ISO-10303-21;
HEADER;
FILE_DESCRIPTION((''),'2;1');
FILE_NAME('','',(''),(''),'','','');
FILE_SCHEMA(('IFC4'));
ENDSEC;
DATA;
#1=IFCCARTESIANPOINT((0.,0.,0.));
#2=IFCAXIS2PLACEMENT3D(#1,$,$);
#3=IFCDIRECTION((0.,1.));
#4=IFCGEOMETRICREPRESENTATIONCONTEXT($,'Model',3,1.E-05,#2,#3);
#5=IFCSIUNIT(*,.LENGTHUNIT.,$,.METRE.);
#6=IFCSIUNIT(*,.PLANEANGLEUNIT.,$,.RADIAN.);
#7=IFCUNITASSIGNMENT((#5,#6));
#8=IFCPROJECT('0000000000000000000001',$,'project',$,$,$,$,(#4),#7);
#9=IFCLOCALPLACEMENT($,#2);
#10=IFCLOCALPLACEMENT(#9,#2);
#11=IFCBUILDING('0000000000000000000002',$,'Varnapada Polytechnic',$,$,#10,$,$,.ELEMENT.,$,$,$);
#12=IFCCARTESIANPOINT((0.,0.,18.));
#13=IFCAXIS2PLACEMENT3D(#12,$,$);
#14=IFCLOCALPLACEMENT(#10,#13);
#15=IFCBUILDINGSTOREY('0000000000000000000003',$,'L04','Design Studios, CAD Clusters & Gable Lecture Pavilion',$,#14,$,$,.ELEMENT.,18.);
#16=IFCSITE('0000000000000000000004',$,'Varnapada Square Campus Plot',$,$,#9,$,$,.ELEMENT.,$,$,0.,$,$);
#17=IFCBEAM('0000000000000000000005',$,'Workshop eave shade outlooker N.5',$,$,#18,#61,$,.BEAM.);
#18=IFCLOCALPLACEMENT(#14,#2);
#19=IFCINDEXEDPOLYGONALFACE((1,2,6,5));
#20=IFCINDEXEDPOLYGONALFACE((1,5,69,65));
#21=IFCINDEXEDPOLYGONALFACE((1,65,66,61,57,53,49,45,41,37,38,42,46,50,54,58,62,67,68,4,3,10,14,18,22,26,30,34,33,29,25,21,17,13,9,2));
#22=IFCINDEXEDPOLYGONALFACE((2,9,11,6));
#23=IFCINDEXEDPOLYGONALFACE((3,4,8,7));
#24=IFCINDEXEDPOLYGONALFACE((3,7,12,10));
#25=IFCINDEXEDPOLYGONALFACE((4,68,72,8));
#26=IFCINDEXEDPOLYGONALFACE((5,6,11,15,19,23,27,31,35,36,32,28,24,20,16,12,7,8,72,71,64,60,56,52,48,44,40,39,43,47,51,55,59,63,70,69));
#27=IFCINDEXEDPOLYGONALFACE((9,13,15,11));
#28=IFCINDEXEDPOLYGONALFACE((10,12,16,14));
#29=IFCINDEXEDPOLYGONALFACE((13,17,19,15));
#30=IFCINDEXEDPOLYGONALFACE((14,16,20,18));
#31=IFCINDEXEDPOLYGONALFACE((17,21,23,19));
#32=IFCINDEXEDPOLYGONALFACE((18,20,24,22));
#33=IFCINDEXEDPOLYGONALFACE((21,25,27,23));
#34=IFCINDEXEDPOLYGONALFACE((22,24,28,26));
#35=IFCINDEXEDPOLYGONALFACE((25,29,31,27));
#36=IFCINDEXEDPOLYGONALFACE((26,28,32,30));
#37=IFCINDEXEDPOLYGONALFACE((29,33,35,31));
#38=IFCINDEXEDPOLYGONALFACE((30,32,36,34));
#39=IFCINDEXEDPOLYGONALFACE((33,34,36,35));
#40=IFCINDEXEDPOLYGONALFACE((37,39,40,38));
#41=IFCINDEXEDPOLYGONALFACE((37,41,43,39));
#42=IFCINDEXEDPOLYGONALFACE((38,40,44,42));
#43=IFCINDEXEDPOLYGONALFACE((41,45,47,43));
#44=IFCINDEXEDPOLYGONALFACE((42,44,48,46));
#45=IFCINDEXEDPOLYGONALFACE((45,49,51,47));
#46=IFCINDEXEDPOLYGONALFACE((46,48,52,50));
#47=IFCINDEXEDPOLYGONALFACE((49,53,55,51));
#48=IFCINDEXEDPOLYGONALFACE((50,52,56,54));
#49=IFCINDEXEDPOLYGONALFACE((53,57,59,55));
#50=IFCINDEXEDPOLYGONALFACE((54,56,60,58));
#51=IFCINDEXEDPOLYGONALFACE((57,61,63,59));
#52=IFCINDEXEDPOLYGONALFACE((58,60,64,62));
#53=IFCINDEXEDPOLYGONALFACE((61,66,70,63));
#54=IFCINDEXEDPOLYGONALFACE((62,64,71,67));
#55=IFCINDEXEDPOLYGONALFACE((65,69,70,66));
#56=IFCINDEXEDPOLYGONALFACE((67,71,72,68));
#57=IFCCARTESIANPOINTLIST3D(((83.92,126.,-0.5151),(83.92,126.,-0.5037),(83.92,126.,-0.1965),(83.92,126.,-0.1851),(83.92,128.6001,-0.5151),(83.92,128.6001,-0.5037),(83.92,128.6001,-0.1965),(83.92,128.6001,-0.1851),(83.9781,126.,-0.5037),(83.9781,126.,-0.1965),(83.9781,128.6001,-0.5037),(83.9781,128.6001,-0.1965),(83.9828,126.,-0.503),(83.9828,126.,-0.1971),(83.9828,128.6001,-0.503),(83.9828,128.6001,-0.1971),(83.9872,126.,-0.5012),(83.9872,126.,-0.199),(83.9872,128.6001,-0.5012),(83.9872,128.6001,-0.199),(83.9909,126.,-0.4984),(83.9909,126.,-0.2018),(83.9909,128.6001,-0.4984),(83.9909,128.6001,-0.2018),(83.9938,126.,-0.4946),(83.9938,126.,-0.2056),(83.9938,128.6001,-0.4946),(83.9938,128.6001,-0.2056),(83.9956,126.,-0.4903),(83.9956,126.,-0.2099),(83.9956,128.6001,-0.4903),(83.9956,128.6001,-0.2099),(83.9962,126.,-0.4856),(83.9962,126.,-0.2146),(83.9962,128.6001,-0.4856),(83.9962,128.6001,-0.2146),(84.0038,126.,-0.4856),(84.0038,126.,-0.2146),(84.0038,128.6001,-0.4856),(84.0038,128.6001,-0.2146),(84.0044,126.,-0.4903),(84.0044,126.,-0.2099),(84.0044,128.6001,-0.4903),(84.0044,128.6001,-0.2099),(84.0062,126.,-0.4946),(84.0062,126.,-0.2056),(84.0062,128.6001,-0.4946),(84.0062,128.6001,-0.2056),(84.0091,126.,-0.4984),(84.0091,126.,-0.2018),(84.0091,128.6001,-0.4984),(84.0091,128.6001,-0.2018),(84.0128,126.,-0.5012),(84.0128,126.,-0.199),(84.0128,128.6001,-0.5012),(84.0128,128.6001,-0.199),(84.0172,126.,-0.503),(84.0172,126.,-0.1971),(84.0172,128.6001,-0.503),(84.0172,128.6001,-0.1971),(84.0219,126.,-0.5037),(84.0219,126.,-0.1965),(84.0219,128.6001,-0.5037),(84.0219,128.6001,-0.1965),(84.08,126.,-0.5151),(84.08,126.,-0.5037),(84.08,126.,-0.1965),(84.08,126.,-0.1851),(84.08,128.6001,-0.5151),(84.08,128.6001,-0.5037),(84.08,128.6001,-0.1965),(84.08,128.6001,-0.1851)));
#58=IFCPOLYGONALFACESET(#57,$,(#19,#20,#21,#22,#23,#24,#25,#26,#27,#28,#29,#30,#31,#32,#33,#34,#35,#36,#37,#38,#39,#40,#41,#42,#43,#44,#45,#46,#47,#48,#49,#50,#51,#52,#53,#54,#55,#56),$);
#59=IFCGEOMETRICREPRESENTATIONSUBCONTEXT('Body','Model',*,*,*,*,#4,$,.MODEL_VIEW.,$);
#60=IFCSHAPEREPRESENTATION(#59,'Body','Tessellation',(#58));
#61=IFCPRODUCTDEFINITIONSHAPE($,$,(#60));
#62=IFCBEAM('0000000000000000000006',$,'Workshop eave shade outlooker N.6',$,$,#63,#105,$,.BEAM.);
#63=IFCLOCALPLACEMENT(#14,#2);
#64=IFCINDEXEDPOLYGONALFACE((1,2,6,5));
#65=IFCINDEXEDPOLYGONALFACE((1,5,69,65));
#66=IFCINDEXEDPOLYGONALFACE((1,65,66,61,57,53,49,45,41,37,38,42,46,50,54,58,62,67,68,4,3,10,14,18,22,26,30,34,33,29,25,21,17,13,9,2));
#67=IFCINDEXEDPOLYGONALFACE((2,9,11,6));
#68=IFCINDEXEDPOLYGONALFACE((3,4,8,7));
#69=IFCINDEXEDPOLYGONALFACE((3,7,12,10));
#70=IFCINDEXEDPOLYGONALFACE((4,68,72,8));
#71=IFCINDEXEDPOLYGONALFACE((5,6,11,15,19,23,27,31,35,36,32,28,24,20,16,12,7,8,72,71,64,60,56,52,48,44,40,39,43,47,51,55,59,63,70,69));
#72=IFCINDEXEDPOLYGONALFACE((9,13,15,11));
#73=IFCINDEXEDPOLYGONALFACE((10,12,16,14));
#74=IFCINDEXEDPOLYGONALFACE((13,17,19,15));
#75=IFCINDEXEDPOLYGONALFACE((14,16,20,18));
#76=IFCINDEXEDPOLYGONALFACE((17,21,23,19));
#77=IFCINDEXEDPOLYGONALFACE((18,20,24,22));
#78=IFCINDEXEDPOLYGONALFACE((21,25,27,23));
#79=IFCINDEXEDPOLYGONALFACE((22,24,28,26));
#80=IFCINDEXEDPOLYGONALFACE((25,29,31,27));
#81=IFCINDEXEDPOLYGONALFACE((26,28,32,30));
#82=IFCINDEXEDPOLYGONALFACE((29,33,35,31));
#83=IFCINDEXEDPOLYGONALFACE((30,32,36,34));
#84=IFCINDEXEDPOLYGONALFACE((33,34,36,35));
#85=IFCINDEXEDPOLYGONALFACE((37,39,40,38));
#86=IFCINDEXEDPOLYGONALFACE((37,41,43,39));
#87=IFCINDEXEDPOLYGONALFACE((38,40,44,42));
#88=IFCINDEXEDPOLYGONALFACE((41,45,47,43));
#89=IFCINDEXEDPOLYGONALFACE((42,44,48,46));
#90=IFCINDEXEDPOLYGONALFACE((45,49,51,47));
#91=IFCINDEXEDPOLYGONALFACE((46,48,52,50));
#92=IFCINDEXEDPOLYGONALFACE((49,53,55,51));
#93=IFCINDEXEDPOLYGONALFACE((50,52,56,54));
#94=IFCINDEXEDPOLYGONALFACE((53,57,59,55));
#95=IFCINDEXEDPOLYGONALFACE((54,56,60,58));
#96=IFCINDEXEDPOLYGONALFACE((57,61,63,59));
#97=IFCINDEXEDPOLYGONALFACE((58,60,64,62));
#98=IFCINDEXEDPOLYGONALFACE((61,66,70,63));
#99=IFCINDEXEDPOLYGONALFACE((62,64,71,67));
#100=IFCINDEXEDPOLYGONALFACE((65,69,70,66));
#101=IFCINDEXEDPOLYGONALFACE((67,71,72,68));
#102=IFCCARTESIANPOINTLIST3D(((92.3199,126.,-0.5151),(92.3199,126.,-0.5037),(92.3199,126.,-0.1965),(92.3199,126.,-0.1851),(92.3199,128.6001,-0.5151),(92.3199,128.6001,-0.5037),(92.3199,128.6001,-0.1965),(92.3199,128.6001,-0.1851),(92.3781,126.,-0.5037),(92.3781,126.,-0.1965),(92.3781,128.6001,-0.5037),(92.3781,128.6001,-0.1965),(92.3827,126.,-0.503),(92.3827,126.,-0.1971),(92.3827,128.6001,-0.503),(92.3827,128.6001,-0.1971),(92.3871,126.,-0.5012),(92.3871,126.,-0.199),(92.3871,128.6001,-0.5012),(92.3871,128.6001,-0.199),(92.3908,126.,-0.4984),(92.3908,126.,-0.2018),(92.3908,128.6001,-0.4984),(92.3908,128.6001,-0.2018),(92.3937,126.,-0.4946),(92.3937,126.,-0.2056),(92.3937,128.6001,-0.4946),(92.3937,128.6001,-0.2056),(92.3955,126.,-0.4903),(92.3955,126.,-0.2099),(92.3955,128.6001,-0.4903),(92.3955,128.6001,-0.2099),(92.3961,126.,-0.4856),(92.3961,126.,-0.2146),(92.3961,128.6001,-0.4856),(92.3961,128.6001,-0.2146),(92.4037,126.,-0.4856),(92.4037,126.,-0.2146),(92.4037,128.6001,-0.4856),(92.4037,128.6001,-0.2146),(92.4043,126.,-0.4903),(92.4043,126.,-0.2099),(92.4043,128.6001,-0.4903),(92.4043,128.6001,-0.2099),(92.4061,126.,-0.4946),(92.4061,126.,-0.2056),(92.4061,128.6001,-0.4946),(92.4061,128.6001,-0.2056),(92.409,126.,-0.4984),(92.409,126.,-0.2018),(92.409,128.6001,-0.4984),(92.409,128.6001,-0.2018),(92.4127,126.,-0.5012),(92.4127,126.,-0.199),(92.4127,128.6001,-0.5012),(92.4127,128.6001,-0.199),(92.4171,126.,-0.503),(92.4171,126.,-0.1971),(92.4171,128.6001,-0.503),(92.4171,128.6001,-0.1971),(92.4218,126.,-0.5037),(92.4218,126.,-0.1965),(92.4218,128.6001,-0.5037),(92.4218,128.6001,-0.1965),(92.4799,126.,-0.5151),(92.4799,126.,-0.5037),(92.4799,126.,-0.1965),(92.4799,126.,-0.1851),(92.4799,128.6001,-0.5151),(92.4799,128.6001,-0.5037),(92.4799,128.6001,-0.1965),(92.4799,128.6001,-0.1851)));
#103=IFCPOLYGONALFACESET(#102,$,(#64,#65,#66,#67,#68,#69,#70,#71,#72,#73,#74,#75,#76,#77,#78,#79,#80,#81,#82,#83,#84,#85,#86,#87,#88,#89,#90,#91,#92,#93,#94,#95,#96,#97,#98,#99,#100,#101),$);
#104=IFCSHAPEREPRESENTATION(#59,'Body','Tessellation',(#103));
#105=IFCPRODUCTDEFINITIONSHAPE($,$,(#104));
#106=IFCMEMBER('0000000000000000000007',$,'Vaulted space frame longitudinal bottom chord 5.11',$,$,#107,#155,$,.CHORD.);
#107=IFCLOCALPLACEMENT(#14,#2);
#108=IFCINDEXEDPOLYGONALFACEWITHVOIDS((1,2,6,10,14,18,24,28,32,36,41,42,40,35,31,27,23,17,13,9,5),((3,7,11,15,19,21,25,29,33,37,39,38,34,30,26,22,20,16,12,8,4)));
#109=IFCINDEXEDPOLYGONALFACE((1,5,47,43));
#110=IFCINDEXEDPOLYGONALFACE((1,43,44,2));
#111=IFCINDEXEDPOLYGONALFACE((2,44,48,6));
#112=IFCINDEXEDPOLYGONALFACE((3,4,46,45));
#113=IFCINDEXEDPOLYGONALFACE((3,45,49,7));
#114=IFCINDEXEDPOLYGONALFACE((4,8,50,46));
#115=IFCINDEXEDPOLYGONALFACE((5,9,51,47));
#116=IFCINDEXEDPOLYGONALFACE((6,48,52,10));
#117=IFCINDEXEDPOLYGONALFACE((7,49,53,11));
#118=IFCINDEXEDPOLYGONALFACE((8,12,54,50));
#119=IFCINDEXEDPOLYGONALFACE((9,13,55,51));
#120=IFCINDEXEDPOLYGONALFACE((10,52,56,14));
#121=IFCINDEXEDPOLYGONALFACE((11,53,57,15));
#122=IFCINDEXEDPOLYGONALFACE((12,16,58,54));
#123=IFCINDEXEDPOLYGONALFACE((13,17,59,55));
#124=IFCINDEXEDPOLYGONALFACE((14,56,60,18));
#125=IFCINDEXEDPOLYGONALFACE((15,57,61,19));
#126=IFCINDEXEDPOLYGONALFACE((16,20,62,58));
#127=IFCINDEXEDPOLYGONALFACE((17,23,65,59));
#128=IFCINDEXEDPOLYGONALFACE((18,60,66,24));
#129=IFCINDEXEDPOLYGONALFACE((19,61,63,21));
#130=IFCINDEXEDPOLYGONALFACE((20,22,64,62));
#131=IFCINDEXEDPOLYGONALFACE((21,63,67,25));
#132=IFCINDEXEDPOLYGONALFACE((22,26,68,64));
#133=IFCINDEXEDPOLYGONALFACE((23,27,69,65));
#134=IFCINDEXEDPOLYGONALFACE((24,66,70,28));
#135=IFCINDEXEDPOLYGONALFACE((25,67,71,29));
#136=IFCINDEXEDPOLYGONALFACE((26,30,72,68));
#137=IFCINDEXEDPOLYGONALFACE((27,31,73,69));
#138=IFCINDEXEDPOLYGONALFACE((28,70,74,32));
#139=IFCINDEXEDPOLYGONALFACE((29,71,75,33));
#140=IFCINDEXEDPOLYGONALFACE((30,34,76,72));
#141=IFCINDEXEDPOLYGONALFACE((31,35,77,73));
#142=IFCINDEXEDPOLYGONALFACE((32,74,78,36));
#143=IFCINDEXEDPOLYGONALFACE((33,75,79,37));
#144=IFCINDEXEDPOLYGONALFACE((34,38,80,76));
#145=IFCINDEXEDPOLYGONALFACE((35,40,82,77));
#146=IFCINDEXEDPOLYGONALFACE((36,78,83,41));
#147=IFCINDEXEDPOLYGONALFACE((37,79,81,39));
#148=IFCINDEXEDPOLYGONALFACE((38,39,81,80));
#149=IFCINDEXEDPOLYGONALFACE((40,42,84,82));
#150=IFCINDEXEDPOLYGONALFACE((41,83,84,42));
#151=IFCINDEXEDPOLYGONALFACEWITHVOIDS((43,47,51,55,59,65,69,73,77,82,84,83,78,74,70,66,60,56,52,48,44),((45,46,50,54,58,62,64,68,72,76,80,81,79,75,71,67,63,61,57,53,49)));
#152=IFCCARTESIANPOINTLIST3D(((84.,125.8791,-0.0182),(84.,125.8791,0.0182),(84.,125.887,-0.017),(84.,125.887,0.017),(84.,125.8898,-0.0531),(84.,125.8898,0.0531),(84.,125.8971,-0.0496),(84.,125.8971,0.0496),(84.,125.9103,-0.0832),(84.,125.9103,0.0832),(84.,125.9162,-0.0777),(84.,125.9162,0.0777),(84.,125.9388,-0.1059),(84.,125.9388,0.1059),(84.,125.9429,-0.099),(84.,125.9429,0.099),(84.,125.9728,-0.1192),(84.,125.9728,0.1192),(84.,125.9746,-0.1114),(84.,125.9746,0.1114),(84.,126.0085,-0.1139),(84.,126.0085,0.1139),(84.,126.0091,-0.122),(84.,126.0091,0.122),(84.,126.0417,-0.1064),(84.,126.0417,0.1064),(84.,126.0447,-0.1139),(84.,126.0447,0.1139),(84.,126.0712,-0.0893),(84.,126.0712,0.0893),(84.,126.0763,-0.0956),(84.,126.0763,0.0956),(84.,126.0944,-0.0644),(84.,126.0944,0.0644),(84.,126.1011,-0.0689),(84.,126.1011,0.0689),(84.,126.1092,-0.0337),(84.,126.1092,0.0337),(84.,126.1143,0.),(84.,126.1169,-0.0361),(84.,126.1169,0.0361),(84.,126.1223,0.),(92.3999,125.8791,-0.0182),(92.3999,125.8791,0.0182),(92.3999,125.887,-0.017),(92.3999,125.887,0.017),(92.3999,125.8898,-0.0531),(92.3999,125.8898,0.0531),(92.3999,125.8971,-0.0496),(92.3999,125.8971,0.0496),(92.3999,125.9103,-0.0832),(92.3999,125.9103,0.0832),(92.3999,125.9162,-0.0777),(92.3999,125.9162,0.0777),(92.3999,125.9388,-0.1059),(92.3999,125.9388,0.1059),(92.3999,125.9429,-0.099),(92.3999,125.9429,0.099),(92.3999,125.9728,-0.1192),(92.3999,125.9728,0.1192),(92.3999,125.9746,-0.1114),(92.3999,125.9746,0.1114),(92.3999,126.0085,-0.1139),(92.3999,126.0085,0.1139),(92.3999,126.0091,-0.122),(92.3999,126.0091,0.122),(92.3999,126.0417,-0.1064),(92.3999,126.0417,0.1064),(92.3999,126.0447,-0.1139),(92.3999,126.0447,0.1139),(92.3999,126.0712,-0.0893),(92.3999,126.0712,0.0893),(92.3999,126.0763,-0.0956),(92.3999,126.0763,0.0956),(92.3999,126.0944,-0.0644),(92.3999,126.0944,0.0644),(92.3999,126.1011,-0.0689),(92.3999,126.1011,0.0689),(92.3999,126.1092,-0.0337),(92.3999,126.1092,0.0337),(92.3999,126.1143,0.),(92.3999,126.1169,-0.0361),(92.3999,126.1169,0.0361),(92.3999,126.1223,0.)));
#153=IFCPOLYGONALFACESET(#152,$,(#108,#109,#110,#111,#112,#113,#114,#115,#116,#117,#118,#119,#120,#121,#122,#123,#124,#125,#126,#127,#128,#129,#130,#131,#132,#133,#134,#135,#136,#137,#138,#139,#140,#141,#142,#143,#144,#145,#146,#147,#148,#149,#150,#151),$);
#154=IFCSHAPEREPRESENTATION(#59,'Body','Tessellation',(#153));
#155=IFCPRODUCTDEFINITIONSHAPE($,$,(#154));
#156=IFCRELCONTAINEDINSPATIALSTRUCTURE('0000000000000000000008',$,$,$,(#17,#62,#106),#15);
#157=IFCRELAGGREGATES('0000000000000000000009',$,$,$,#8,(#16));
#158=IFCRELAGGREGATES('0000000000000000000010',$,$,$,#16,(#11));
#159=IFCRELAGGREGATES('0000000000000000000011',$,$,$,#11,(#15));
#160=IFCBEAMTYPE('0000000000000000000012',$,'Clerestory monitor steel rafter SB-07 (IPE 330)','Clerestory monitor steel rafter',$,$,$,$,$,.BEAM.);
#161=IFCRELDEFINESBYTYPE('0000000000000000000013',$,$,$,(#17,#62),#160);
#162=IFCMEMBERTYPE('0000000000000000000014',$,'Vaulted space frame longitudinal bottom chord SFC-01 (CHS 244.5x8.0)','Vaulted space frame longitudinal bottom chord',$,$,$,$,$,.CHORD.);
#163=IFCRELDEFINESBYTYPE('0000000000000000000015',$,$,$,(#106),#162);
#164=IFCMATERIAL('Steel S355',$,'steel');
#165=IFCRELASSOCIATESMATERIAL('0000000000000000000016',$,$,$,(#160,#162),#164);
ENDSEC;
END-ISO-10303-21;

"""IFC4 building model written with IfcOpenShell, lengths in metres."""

from ifc_helpers import new_model, si_unit, direction, frame, origin, origin_2d, place, context, subcontext, project, spatial, hollow_circle, i_section, extrude, material, material_profile, profile_set, type_object, element, save


model = new_model("IFC4")

# Units and contexts
model_context = context("Model", 3, precision=1e-05, world=origin(), true_north=direction((0.0, 1.0)))
body_context = subcontext(model_context, "Body", "Model", "MODEL_VIEW")
ifc_project = project(units=[si_unit("LENGTHUNIT", "METRE"), si_unit("PLANEANGLEUNIT", "RADIAN")], contexts=[model_context])

# Site, building, storey
site_placement = place(None, origin())
site = spatial("IfcSite", under=ifc_project, at=site_placement, Name="Varnapada Square Campus Plot", CompositionType="ELEMENT", RefElevation=0.0)
building_placement = place(site_placement, origin())
building = spatial("IfcBuilding", under=site, at=building_placement, Name="Varnapada Polytechnic", CompositionType="ELEMENT")
storey_placement = place(building_placement, frame((0.0, 0.0, 18.0)))
storey = spatial("IfcBuildingStorey", under=building, at=storey_placement, Name="L04", Description="Design Studios, CAD Clusters & Gable Lecture Pavilion", CompositionType="ELEMENT", Elevation=18.0)

# Beams
ifc_material = material(Name="Steel S355", Category="steel")
ifc_material_profile_1 = material_profile(ifc_material, i_section(OverallWidth=0.1599, OverallDepth=0.3301, WebThickness=0.0076, FlangeThickness=0.0115, FilletRadius=0.0181, at=origin_2d()), Name="IPE 330")
ifc_profile_set_1 = profile_set([ifc_material_profile_1], Name="Steel S355")
beam_type_1 = type_object("IfcBeamType", Name="Clerestory monitor steel rafter SB-07 (IPE 330)", Description="Clerestory monitor steel rafter", PredefinedType="BEAM", material=ifc_profile_set_1)
for number, where, z_axis, x_axis, name in (
    (1, (84.0, 126.0, -0.3501), (0.0, 1.0, 0.0), (-1.0, 0.0, 0.0), "Workshop eave shade outlooker N.5"),
    (2, (92.3999, 126.0, -0.3501), (0.0, 1.0, 0.0), (-1.0, 0.0, 0.0), "Workshop eave shade outlooker N.6"),
):
    element("IfcBeam", number, at=place(storey_placement, frame(where, z_axis=z_axis, x_axis=x_axis)), inside=storey, type_object=beam_type_1, Name=name, PredefinedType="BEAM", context=body_context, shape_type="SweptSolid", body=[
        extrude(i_section(OverallWidth=0.1599, OverallDepth=0.3301, WebThickness=0.0076, FlangeThickness=0.0115, FilletRadius=0.0181, at=origin_2d()), origin(), (0.0, 0.0, 1.0), 2.6001),
    ])

# Member
ifc_material_profile_2 = material_profile(ifc_material, hollow_circle(Radius=0.1223, WallThickness=0.0081, at=origin_2d()), Name="CHS 244.5x8.0")
ifc_profile_set_2 = profile_set([ifc_material_profile_2], Name="Steel S355")
member_type_1 = type_object("IfcMemberType", Name="Vaulted space frame longitudinal bottom chord SFC-01 (CHS 244.5x8.0)", Description="Vaulted space frame longitudinal bottom chord", PredefinedType="CHORD", material=ifc_profile_set_2)
member_1_placement = place(storey_placement, frame((84.0, 126.0, 0.0), z_axis=(1.0, 0.0, 0.0), x_axis=(0.0, 1.0, 0.0)))
element("IfcMember", 3, at=member_1_placement, inside=storey, type_object=member_type_1, Name="Vaulted space frame longitudinal bottom chord 5.11", PredefinedType="CHORD", context=body_context, shape_type="SweptSolid", body=[
    extrude(hollow_circle(Radius=0.1223, WallThickness=0.0081, at=origin_2d()), origin(), (0.0, 0.0, 1.0), 8.3999),
])

save(model, "model.ifc")
